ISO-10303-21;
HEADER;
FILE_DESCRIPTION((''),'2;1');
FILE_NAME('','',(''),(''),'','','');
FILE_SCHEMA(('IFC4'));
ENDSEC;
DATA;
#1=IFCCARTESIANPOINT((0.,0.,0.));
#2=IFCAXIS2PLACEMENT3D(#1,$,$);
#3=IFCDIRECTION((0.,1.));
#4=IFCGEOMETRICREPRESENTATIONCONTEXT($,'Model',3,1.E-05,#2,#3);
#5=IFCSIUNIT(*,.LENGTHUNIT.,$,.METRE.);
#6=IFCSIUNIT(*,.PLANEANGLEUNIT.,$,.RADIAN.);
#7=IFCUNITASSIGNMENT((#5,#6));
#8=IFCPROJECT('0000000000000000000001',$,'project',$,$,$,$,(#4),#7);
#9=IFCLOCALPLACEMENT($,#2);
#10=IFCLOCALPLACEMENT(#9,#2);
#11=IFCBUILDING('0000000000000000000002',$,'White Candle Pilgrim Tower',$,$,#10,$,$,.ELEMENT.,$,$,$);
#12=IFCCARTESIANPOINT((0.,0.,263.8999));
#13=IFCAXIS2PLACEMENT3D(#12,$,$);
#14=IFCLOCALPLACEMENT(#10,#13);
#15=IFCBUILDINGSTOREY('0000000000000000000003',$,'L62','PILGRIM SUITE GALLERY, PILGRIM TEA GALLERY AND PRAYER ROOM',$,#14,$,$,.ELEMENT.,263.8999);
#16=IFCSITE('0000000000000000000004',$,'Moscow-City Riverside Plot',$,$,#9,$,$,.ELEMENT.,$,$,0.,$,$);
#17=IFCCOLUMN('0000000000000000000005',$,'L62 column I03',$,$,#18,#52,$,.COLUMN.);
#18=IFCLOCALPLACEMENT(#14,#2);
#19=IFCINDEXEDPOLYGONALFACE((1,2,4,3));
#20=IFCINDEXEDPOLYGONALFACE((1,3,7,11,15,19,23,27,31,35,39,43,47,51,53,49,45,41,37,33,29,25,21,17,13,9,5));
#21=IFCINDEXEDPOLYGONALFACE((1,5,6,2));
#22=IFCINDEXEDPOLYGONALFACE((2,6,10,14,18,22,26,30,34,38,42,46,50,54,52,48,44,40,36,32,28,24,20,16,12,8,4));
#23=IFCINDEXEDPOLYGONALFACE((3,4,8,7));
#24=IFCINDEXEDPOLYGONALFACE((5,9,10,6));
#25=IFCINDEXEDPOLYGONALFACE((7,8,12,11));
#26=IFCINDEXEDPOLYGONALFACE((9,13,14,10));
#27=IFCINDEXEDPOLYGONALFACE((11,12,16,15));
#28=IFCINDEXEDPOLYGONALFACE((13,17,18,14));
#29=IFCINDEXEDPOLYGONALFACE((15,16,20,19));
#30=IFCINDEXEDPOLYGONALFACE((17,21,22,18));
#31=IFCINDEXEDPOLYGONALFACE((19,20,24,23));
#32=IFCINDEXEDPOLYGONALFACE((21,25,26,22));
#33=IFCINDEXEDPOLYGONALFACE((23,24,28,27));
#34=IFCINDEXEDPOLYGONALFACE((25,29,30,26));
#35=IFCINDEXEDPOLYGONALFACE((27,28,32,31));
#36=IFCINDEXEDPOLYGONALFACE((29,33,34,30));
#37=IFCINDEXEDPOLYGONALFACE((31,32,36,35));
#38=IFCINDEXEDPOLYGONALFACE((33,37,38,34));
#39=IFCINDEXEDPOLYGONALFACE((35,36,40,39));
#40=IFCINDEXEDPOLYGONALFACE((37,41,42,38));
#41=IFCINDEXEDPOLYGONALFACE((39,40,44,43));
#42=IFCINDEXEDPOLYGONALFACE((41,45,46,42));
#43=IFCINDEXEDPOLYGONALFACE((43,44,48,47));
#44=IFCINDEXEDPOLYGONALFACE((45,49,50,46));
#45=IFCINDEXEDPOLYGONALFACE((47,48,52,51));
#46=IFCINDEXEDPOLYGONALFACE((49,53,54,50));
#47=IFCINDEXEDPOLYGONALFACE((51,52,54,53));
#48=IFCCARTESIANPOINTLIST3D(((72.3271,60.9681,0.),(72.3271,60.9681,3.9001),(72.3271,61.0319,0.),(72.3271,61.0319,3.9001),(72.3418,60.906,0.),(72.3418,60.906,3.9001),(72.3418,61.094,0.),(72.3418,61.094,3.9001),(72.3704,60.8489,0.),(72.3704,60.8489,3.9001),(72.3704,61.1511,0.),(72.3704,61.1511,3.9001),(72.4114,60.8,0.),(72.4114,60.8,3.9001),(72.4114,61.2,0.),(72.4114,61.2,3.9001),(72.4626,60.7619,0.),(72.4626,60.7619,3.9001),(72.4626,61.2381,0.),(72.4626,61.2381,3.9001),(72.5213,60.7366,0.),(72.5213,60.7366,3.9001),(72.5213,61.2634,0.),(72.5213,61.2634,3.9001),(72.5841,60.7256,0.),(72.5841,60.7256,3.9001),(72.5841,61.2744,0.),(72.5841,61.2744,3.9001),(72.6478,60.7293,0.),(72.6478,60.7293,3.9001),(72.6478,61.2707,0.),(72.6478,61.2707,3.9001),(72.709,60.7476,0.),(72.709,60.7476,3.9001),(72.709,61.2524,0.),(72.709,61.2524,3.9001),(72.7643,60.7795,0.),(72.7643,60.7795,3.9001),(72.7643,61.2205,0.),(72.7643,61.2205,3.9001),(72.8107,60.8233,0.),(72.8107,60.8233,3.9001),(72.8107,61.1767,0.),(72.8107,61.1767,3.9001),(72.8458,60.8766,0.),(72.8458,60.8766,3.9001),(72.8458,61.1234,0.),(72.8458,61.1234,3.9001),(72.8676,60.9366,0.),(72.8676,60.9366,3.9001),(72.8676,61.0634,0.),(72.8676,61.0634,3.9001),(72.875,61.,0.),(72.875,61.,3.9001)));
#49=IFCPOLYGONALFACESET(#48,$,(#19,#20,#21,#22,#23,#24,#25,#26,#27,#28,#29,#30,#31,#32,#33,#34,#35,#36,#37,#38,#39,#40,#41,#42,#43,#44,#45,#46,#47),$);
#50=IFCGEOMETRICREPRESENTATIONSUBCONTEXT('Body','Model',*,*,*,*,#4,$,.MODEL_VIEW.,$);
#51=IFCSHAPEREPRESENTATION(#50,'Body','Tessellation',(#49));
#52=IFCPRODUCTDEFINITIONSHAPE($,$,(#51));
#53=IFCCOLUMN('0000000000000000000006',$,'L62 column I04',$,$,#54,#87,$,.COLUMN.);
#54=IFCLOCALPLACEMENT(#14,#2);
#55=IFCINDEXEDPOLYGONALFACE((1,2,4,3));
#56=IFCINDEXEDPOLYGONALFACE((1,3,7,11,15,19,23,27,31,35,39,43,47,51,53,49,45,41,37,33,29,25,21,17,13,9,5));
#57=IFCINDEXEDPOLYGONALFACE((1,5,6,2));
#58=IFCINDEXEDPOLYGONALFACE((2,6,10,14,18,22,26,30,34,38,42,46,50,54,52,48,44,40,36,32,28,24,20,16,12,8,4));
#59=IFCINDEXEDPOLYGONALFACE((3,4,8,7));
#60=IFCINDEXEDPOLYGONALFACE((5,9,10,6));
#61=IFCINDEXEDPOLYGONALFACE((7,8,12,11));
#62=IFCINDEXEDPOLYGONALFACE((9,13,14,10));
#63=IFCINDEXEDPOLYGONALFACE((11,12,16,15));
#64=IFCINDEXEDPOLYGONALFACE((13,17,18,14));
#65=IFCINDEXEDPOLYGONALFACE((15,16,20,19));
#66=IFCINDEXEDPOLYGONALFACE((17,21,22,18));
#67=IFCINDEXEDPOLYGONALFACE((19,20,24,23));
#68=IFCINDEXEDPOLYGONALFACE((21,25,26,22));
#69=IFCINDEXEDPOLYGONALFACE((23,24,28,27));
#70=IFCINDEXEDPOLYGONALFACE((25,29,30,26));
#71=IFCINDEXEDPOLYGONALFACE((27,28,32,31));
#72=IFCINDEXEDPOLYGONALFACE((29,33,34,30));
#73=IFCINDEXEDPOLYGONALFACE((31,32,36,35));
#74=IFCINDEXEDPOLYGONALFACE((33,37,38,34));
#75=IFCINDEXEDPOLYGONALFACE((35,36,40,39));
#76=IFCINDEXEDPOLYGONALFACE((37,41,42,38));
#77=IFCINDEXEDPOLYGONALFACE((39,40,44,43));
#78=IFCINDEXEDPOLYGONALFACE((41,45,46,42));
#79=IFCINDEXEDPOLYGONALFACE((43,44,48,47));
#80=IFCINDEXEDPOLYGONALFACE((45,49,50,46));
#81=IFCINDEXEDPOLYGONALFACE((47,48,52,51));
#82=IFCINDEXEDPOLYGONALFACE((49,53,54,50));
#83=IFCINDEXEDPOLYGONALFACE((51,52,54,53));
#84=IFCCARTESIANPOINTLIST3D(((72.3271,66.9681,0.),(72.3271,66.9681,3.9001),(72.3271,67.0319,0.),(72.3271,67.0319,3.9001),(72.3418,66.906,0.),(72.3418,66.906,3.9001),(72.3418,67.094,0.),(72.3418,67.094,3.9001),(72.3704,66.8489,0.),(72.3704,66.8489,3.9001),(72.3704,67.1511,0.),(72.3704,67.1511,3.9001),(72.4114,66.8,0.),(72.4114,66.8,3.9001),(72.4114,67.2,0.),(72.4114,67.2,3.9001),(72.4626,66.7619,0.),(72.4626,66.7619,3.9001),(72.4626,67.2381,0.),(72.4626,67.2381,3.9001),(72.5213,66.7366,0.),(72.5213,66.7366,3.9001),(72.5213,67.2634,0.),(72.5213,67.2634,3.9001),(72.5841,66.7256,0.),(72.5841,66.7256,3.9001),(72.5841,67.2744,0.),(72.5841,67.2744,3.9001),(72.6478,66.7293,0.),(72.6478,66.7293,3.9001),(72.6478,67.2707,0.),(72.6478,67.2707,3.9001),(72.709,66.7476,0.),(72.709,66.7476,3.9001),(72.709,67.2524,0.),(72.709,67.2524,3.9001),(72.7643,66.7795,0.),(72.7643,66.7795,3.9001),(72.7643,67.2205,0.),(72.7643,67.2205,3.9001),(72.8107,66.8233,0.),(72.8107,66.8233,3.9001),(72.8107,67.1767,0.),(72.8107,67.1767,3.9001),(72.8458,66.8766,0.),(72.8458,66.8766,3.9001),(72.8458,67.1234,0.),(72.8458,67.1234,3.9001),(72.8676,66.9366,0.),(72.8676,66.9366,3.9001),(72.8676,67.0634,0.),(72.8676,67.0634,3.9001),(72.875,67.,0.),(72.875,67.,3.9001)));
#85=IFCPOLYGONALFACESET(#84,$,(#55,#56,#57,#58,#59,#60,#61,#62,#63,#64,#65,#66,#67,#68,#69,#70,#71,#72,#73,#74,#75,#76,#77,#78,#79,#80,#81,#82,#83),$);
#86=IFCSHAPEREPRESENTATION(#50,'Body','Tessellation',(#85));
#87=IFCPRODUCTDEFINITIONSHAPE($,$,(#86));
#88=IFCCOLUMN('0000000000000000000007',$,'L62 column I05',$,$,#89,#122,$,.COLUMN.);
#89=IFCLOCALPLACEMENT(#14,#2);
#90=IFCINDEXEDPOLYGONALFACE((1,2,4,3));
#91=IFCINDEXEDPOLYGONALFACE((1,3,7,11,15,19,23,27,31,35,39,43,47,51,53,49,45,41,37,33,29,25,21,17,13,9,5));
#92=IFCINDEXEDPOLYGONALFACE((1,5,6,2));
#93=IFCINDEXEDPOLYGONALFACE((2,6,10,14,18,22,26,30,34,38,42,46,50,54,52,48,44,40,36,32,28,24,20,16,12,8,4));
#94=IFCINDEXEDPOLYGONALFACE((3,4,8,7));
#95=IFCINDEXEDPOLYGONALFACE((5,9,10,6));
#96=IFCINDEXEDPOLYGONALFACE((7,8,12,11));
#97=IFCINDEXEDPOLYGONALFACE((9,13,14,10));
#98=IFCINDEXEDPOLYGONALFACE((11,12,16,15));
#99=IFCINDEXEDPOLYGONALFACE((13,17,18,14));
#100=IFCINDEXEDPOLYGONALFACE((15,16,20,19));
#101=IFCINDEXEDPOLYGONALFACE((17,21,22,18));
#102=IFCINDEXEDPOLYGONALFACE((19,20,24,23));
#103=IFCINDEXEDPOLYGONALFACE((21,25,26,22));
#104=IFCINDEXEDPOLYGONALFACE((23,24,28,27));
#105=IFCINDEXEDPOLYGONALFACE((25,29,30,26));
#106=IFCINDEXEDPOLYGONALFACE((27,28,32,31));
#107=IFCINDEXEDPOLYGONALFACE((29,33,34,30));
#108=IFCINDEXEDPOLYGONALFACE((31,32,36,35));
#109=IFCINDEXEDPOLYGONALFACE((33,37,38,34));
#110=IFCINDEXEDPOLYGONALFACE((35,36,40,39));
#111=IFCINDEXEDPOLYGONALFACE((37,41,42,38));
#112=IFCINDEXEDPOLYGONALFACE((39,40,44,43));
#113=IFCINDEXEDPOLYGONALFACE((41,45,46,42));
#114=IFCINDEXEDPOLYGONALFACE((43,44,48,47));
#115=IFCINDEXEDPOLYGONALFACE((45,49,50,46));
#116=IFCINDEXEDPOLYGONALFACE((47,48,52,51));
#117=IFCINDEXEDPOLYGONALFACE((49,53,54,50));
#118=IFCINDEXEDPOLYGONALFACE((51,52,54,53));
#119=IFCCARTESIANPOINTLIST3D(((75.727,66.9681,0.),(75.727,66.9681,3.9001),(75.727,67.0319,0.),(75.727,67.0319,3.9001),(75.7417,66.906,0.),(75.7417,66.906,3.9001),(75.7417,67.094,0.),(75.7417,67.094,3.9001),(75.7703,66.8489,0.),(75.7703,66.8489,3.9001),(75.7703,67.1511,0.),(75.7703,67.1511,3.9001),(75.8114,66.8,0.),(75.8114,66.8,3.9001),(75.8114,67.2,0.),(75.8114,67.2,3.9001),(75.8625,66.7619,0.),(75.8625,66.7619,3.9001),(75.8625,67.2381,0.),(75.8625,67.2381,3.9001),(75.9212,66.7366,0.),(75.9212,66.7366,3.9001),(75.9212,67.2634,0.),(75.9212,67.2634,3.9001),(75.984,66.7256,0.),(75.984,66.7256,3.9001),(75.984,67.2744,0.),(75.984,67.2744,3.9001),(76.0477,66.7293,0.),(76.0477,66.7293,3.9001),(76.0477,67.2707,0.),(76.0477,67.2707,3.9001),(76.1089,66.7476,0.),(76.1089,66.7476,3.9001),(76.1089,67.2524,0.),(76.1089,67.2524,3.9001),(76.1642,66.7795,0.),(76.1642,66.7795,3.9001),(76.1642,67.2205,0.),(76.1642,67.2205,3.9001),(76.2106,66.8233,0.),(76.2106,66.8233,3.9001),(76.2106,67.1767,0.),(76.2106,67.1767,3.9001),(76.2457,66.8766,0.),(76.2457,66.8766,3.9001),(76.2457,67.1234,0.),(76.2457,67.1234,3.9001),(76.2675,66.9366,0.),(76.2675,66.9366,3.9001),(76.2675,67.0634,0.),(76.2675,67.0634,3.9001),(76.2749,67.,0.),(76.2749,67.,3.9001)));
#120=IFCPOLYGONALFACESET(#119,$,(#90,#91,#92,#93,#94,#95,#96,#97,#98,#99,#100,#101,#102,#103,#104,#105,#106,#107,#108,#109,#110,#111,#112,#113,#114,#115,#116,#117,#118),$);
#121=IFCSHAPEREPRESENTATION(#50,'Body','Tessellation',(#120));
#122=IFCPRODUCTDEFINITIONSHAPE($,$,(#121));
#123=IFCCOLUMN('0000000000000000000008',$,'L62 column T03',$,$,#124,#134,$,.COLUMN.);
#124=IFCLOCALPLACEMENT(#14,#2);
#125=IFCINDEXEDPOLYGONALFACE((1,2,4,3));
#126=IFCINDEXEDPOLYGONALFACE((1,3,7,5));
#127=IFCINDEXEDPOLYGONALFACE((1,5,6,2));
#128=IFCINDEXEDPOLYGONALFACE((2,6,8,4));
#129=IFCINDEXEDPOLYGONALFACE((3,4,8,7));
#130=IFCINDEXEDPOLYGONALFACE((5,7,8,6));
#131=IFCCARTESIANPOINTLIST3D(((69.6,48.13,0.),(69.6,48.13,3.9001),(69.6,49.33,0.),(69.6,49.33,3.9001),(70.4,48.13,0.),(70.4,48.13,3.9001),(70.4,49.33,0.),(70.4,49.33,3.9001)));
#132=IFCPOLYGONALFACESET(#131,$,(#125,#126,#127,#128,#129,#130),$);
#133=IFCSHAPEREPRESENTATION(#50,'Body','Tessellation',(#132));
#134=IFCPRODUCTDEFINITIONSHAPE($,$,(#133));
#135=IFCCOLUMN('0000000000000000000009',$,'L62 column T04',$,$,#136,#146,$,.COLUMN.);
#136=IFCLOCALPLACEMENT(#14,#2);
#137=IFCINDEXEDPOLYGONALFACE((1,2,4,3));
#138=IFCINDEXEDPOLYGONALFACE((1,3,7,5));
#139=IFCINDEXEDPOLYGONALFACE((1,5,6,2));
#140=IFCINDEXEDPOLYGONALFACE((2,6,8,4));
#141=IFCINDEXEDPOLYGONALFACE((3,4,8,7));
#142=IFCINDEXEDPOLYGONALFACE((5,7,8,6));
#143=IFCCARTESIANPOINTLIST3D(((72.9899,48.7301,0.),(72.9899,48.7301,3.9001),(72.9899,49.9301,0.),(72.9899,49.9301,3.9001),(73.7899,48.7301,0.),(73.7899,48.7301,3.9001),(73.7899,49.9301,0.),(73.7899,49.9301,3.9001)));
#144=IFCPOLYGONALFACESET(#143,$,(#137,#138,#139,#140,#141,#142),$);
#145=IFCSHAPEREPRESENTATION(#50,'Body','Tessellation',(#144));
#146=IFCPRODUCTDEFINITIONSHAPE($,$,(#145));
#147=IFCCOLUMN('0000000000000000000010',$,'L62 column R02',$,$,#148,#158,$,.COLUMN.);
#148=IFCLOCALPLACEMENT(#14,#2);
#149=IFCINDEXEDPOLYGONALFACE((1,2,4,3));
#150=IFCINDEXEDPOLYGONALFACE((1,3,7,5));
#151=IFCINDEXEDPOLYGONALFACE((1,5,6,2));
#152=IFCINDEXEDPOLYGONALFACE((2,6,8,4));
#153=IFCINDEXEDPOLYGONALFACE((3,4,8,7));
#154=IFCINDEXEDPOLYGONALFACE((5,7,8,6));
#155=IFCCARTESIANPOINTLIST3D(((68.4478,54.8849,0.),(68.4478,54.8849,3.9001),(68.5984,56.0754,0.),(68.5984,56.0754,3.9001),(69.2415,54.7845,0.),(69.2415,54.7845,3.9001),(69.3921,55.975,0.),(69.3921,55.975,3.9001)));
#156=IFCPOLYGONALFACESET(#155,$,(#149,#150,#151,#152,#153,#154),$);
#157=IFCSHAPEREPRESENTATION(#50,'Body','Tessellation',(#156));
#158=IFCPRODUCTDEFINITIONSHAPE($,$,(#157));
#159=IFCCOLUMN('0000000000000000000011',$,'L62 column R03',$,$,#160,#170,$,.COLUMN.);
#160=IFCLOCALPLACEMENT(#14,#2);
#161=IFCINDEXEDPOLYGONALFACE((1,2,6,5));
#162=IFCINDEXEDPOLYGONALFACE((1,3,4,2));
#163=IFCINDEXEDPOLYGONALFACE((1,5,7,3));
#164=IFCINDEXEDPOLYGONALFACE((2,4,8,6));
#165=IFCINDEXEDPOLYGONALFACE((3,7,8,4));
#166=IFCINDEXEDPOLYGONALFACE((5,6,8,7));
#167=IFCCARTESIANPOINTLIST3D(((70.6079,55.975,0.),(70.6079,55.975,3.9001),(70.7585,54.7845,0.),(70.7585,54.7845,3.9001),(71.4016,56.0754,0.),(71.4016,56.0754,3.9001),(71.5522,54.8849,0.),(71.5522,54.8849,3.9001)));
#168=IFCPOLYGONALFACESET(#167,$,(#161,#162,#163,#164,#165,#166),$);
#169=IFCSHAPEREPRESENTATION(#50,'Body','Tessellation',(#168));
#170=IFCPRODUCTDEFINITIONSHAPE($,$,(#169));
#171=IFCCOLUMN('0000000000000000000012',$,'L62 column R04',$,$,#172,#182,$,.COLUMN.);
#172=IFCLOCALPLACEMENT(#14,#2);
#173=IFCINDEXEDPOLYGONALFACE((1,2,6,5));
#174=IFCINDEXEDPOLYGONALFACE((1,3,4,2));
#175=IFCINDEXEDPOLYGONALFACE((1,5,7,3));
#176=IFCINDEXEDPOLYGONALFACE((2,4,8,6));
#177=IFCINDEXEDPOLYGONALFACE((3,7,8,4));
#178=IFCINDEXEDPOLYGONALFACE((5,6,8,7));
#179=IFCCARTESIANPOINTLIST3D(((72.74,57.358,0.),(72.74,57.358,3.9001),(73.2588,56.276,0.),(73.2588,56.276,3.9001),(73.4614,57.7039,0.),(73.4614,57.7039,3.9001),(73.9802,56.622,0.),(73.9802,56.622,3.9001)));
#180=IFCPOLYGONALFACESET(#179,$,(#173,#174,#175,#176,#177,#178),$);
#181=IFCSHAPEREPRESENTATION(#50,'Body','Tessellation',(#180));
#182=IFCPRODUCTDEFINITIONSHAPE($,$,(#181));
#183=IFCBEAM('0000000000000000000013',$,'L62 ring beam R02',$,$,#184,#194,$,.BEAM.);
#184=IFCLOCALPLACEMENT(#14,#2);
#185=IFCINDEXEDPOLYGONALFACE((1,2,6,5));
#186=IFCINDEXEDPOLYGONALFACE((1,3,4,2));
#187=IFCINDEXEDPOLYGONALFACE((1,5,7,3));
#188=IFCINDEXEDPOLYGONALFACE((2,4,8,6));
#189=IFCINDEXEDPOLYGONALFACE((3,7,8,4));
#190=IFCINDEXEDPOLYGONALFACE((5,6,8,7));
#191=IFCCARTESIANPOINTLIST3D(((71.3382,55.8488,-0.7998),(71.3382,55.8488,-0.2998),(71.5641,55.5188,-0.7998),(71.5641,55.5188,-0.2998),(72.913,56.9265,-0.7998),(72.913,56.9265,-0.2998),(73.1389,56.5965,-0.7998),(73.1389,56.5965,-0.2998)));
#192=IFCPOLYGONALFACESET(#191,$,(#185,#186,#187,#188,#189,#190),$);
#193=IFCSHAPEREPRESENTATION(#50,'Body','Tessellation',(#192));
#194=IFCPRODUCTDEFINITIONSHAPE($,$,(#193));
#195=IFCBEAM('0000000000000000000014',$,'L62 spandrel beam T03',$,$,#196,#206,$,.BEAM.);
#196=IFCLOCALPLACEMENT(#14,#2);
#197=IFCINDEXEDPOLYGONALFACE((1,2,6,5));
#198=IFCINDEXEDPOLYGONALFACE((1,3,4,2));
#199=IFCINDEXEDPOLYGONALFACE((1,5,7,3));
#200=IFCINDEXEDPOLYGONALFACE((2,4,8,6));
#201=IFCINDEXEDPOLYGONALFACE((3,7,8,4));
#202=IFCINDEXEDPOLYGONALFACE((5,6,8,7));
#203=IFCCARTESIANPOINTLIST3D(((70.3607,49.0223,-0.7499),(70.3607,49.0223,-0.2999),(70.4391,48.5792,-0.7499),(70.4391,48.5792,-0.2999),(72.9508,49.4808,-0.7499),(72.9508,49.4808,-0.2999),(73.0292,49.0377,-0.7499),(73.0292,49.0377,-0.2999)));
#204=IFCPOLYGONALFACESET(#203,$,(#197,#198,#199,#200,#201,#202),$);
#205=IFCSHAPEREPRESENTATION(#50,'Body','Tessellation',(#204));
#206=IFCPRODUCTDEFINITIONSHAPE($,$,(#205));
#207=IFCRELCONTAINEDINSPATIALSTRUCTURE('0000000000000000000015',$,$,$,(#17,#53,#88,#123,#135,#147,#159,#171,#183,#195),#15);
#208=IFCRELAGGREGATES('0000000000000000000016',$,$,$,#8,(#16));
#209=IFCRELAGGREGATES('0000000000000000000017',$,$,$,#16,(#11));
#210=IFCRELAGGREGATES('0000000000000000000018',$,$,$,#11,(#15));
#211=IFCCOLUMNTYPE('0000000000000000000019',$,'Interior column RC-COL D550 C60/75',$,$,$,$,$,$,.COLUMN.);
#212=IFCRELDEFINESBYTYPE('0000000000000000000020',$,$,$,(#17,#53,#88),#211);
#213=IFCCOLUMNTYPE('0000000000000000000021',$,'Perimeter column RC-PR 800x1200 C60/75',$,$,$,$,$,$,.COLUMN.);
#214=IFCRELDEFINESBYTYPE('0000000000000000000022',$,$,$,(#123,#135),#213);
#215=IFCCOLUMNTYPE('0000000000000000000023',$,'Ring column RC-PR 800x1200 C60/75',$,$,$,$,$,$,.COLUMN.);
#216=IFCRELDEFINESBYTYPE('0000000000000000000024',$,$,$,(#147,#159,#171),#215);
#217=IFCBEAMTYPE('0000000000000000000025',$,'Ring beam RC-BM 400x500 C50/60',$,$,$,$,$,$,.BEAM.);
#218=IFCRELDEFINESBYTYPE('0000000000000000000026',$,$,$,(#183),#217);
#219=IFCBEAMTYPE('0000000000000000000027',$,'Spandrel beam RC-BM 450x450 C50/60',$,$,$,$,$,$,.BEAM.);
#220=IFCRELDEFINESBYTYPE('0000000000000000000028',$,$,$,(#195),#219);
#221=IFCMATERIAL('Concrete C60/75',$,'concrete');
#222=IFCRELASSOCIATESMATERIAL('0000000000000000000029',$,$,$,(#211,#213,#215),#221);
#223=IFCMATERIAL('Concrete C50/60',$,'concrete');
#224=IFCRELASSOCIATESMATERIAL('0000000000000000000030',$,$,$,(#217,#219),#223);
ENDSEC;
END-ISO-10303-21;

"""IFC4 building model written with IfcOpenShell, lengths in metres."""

from ifc_helpers import new_model, si_unit, direction, frame, origin, origin_2d, place, context, subcontext, project, spatial, rectangle, circle, extrude, material, material_profile, profile_set, type_object, element, save


model = new_model("IFC4")

# Units and contexts
model_context = context("Model", 3, precision=1e-05, world=origin(), true_north=direction((0.0, 1.0)))
body_context = subcontext(model_context, "Body", "Model", "MODEL_VIEW")
ifc_project = project(units=[si_unit("LENGTHUNIT", "METRE"), si_unit("PLANEANGLEUNIT", "RADIAN")], contexts=[model_context])

# Site, building, storey
site_placement = place(None, origin())
site = spatial("IfcSite", under=ifc_project, at=site_placement, Name="Moscow-City Riverside Plot", CompositionType="ELEMENT", RefElevation=0.0)
building_placement = place(site_placement, origin())
building = spatial("IfcBuilding", under=site, at=building_placement, Name="White Candle Pilgrim Tower", CompositionType="ELEMENT")
storey_placement = place(building_placement, frame((0.0, 0.0, 263.8999)))
storey = spatial("IfcBuildingStorey", under=building, at=storey_placement, Name="L62", Description="PILGRIM SUITE GALLERY, PILGRIM TEA GALLERY AND PRAYER ROOM", CompositionType="ELEMENT", Elevation=263.8999)

# Columns
ifc_material_1 = material(Name="Concrete C60/75", Category="concrete")
ifc_material_profile_1 = material_profile(ifc_material_1, circle(Radius=0.2749, at=origin_2d()), Name="RC-COL D550")
ifc_profile_set_1 = profile_set([ifc_material_profile_1], Name="Concrete C60/75")
column_type_1 = type_object("IfcColumnType", Name="Interior column RC-COL D550 C60/75", PredefinedType="COLUMN", material=ifc_profile_set_1)
for number, where, z_axis, x_axis, name in (
    (1, (72.6001, 61.0, 0.0), (0.0, 0.0, 1.0), (1.0, 0.0, 0.0), "L62 column I03"),
    (2, (72.6001, 67.0, 0.0), (0.0, 0.0, 1.0), (1.0, 0.0, 0.0), "L62 column I04"),
    (3, (76.0, 67.0, 0.0), (0.0, 0.0, 1.0), (1.0, 0.0, 0.0), "L62 column I05"),
):
    element("IfcColumn", number, at=place(storey_placement, frame(where, z_axis=z_axis, x_axis=x_axis)), inside=storey, type_object=column_type_1, Name=name, PredefinedType="COLUMN", context=body_context, shape_type="SweptSolid", body=[
        extrude(circle(Radius=0.2749, at=origin_2d()), origin(), (0.0, 0.0, 1.0), 3.9001),
    ])
ifc_material_profile_2 = material_profile(ifc_material_1, rectangle(XDim=0.8, YDim=1.2, at=origin_2d()), Name="RC-PR 800x1200")
ifc_profile_set_2 = profile_set([ifc_material_profile_2], Name="Concrete C60/75")
column_type_2 = type_object("IfcColumnType", Name="Perimeter column RC-PR 800x1200 C60/75", PredefinedType="COLUMN", material=ifc_profile_set_2)
for number, where, z_axis, x_axis, name in (
    (4, (70.0, 48.73, 0.0), (0.0, 0.0, 1.0), (-1.0, 0.0, 0.0), "L62 column T03"),
    (5, (73.3899, 49.3301, 0.0), (0.0, 0.0, 1.0), (-1.0, 0.0, 0.0), "L62 column T04"),
):
    element("IfcColumn", number, at=place(storey_placement, frame(where, z_axis=z_axis, x_axis=x_axis)), inside=storey, type_object=column_type_2, Name=name, PredefinedType="COLUMN", context=body_context, shape_type="SweptSolid", body=[
        extrude(rectangle(XDim=0.8, YDim=1.2, at=origin_2d()), origin(), (0.0, 0.0, 1.0), 3.9001),
    ])
ifc_material_profile_3 = material_profile(ifc_material_1, rectangle(XDim=0.8, YDim=1.2, at=origin_2d()), Name="RC-PR 800x1200")
ifc_profile_set_3 = profile_set([ifc_material_profile_3], Name="Concrete C60/75")
column_type_3 = type_object("IfcColumnType", Name="Ring column RC-PR 800x1200 C60/75", PredefinedType="COLUMN", material=ifc_profile_set_3)
for number, where, z_axis, x_axis, name in (
    (6, (68.9199, 55.4299, 0.0), (0.0, 0.0, 1.0), (-0.992093, 0.125506, 0.0), "L62 column R02"),
    (7, (71.0801, 55.4299, 0.0), (0.0, 0.0, 1.0), (-0.992093, -0.125506, 0.0), "L62 column R03"),
    (8, (73.3601, 56.99, 0.0), (0.0, 0.0, 1.0), (-0.901689, -0.432385, 0.0), "L62 column R04"),
):
    element("IfcColumn", number, at=place(storey_placement, frame(where, z_axis=z_axis, x_axis=x_axis)), inside=storey, type_object=column_type_3, Name=name, PredefinedType="COLUMN", context=body_context, shape_type="SweptSolid", body=[
        extrude(rectangle(XDim=0.8, YDim=1.2, at=origin_2d()), origin(), (0.0, 0.0, 1.0), 3.9001),
    ])

# Beams
ifc_material_2 = material(Name="Concrete C50/60", Category="concrete")
ifc_material_profile_4 = material_profile(ifc_material_2, rectangle(XDim=0.3999, YDim=0.5, at=origin_2d()), Name="RC-BM 400x500")
ifc_profile_set_4 = profile_set([ifc_material_profile_4], Name="Concrete C50/60")
beam_type_1 = type_object("IfcBeamType", Name="Ring beam RC-BM 400x500 C50/60", PredefinedType="BEAM", material=ifc_profile_set_4)
beam_1_placement = place(storey_placement, frame((71.4512, 55.6838, -0.5498), z_axis=(0.825257, 0.564757, 0.0), x_axis=(-0.564757, 0.825257, 0.0)))
element("IfcBeam", 9, at=beam_1_placement, inside=storey, type_object=beam_type_1, Name="L62 ring beam R02", PredefinedType="BEAM", context=body_context, shape_type="SweptSolid", body=[
    extrude(rectangle(XDim=0.3999, YDim=0.5, at=origin_2d()), origin(), (0.0, 0.0, 1.0), 1.9082),
])
ifc_material_profile_5 = material_profile(ifc_material_2, rectangle(XDim=0.45, YDim=0.45, at=origin_2d()), Name="RC-BM 450x450")
ifc_profile_set_5 = profile_set([ifc_material_profile_5], Name="Concrete C50/60")
beam_type_2 = type_object("IfcBeamType", Name="Spandrel beam RC-BM 450x450 C50/60", PredefinedType="BEAM", material=ifc_profile_set_5)
beam_2_placement = place(storey_placement, frame((70.3999, 48.8008, -0.5249), z_axis=(0.984691, 0.17431, 0.0), x_axis=(-0.17431, 0.984691, 0.0)))
element("IfcBeam", 10, at=beam_2_placement, inside=storey, type_object=beam_type_2, Name="L62 spandrel beam T03", PredefinedType="BEAM", context=body_context, shape_type="SweptSolid", body=[
    extrude(rectangle(XDim=0.45, YDim=0.45, at=origin_2d()), origin(), (0.0, 0.0, 1.0), 2.6304),
])

save(model, "model.ifc")
